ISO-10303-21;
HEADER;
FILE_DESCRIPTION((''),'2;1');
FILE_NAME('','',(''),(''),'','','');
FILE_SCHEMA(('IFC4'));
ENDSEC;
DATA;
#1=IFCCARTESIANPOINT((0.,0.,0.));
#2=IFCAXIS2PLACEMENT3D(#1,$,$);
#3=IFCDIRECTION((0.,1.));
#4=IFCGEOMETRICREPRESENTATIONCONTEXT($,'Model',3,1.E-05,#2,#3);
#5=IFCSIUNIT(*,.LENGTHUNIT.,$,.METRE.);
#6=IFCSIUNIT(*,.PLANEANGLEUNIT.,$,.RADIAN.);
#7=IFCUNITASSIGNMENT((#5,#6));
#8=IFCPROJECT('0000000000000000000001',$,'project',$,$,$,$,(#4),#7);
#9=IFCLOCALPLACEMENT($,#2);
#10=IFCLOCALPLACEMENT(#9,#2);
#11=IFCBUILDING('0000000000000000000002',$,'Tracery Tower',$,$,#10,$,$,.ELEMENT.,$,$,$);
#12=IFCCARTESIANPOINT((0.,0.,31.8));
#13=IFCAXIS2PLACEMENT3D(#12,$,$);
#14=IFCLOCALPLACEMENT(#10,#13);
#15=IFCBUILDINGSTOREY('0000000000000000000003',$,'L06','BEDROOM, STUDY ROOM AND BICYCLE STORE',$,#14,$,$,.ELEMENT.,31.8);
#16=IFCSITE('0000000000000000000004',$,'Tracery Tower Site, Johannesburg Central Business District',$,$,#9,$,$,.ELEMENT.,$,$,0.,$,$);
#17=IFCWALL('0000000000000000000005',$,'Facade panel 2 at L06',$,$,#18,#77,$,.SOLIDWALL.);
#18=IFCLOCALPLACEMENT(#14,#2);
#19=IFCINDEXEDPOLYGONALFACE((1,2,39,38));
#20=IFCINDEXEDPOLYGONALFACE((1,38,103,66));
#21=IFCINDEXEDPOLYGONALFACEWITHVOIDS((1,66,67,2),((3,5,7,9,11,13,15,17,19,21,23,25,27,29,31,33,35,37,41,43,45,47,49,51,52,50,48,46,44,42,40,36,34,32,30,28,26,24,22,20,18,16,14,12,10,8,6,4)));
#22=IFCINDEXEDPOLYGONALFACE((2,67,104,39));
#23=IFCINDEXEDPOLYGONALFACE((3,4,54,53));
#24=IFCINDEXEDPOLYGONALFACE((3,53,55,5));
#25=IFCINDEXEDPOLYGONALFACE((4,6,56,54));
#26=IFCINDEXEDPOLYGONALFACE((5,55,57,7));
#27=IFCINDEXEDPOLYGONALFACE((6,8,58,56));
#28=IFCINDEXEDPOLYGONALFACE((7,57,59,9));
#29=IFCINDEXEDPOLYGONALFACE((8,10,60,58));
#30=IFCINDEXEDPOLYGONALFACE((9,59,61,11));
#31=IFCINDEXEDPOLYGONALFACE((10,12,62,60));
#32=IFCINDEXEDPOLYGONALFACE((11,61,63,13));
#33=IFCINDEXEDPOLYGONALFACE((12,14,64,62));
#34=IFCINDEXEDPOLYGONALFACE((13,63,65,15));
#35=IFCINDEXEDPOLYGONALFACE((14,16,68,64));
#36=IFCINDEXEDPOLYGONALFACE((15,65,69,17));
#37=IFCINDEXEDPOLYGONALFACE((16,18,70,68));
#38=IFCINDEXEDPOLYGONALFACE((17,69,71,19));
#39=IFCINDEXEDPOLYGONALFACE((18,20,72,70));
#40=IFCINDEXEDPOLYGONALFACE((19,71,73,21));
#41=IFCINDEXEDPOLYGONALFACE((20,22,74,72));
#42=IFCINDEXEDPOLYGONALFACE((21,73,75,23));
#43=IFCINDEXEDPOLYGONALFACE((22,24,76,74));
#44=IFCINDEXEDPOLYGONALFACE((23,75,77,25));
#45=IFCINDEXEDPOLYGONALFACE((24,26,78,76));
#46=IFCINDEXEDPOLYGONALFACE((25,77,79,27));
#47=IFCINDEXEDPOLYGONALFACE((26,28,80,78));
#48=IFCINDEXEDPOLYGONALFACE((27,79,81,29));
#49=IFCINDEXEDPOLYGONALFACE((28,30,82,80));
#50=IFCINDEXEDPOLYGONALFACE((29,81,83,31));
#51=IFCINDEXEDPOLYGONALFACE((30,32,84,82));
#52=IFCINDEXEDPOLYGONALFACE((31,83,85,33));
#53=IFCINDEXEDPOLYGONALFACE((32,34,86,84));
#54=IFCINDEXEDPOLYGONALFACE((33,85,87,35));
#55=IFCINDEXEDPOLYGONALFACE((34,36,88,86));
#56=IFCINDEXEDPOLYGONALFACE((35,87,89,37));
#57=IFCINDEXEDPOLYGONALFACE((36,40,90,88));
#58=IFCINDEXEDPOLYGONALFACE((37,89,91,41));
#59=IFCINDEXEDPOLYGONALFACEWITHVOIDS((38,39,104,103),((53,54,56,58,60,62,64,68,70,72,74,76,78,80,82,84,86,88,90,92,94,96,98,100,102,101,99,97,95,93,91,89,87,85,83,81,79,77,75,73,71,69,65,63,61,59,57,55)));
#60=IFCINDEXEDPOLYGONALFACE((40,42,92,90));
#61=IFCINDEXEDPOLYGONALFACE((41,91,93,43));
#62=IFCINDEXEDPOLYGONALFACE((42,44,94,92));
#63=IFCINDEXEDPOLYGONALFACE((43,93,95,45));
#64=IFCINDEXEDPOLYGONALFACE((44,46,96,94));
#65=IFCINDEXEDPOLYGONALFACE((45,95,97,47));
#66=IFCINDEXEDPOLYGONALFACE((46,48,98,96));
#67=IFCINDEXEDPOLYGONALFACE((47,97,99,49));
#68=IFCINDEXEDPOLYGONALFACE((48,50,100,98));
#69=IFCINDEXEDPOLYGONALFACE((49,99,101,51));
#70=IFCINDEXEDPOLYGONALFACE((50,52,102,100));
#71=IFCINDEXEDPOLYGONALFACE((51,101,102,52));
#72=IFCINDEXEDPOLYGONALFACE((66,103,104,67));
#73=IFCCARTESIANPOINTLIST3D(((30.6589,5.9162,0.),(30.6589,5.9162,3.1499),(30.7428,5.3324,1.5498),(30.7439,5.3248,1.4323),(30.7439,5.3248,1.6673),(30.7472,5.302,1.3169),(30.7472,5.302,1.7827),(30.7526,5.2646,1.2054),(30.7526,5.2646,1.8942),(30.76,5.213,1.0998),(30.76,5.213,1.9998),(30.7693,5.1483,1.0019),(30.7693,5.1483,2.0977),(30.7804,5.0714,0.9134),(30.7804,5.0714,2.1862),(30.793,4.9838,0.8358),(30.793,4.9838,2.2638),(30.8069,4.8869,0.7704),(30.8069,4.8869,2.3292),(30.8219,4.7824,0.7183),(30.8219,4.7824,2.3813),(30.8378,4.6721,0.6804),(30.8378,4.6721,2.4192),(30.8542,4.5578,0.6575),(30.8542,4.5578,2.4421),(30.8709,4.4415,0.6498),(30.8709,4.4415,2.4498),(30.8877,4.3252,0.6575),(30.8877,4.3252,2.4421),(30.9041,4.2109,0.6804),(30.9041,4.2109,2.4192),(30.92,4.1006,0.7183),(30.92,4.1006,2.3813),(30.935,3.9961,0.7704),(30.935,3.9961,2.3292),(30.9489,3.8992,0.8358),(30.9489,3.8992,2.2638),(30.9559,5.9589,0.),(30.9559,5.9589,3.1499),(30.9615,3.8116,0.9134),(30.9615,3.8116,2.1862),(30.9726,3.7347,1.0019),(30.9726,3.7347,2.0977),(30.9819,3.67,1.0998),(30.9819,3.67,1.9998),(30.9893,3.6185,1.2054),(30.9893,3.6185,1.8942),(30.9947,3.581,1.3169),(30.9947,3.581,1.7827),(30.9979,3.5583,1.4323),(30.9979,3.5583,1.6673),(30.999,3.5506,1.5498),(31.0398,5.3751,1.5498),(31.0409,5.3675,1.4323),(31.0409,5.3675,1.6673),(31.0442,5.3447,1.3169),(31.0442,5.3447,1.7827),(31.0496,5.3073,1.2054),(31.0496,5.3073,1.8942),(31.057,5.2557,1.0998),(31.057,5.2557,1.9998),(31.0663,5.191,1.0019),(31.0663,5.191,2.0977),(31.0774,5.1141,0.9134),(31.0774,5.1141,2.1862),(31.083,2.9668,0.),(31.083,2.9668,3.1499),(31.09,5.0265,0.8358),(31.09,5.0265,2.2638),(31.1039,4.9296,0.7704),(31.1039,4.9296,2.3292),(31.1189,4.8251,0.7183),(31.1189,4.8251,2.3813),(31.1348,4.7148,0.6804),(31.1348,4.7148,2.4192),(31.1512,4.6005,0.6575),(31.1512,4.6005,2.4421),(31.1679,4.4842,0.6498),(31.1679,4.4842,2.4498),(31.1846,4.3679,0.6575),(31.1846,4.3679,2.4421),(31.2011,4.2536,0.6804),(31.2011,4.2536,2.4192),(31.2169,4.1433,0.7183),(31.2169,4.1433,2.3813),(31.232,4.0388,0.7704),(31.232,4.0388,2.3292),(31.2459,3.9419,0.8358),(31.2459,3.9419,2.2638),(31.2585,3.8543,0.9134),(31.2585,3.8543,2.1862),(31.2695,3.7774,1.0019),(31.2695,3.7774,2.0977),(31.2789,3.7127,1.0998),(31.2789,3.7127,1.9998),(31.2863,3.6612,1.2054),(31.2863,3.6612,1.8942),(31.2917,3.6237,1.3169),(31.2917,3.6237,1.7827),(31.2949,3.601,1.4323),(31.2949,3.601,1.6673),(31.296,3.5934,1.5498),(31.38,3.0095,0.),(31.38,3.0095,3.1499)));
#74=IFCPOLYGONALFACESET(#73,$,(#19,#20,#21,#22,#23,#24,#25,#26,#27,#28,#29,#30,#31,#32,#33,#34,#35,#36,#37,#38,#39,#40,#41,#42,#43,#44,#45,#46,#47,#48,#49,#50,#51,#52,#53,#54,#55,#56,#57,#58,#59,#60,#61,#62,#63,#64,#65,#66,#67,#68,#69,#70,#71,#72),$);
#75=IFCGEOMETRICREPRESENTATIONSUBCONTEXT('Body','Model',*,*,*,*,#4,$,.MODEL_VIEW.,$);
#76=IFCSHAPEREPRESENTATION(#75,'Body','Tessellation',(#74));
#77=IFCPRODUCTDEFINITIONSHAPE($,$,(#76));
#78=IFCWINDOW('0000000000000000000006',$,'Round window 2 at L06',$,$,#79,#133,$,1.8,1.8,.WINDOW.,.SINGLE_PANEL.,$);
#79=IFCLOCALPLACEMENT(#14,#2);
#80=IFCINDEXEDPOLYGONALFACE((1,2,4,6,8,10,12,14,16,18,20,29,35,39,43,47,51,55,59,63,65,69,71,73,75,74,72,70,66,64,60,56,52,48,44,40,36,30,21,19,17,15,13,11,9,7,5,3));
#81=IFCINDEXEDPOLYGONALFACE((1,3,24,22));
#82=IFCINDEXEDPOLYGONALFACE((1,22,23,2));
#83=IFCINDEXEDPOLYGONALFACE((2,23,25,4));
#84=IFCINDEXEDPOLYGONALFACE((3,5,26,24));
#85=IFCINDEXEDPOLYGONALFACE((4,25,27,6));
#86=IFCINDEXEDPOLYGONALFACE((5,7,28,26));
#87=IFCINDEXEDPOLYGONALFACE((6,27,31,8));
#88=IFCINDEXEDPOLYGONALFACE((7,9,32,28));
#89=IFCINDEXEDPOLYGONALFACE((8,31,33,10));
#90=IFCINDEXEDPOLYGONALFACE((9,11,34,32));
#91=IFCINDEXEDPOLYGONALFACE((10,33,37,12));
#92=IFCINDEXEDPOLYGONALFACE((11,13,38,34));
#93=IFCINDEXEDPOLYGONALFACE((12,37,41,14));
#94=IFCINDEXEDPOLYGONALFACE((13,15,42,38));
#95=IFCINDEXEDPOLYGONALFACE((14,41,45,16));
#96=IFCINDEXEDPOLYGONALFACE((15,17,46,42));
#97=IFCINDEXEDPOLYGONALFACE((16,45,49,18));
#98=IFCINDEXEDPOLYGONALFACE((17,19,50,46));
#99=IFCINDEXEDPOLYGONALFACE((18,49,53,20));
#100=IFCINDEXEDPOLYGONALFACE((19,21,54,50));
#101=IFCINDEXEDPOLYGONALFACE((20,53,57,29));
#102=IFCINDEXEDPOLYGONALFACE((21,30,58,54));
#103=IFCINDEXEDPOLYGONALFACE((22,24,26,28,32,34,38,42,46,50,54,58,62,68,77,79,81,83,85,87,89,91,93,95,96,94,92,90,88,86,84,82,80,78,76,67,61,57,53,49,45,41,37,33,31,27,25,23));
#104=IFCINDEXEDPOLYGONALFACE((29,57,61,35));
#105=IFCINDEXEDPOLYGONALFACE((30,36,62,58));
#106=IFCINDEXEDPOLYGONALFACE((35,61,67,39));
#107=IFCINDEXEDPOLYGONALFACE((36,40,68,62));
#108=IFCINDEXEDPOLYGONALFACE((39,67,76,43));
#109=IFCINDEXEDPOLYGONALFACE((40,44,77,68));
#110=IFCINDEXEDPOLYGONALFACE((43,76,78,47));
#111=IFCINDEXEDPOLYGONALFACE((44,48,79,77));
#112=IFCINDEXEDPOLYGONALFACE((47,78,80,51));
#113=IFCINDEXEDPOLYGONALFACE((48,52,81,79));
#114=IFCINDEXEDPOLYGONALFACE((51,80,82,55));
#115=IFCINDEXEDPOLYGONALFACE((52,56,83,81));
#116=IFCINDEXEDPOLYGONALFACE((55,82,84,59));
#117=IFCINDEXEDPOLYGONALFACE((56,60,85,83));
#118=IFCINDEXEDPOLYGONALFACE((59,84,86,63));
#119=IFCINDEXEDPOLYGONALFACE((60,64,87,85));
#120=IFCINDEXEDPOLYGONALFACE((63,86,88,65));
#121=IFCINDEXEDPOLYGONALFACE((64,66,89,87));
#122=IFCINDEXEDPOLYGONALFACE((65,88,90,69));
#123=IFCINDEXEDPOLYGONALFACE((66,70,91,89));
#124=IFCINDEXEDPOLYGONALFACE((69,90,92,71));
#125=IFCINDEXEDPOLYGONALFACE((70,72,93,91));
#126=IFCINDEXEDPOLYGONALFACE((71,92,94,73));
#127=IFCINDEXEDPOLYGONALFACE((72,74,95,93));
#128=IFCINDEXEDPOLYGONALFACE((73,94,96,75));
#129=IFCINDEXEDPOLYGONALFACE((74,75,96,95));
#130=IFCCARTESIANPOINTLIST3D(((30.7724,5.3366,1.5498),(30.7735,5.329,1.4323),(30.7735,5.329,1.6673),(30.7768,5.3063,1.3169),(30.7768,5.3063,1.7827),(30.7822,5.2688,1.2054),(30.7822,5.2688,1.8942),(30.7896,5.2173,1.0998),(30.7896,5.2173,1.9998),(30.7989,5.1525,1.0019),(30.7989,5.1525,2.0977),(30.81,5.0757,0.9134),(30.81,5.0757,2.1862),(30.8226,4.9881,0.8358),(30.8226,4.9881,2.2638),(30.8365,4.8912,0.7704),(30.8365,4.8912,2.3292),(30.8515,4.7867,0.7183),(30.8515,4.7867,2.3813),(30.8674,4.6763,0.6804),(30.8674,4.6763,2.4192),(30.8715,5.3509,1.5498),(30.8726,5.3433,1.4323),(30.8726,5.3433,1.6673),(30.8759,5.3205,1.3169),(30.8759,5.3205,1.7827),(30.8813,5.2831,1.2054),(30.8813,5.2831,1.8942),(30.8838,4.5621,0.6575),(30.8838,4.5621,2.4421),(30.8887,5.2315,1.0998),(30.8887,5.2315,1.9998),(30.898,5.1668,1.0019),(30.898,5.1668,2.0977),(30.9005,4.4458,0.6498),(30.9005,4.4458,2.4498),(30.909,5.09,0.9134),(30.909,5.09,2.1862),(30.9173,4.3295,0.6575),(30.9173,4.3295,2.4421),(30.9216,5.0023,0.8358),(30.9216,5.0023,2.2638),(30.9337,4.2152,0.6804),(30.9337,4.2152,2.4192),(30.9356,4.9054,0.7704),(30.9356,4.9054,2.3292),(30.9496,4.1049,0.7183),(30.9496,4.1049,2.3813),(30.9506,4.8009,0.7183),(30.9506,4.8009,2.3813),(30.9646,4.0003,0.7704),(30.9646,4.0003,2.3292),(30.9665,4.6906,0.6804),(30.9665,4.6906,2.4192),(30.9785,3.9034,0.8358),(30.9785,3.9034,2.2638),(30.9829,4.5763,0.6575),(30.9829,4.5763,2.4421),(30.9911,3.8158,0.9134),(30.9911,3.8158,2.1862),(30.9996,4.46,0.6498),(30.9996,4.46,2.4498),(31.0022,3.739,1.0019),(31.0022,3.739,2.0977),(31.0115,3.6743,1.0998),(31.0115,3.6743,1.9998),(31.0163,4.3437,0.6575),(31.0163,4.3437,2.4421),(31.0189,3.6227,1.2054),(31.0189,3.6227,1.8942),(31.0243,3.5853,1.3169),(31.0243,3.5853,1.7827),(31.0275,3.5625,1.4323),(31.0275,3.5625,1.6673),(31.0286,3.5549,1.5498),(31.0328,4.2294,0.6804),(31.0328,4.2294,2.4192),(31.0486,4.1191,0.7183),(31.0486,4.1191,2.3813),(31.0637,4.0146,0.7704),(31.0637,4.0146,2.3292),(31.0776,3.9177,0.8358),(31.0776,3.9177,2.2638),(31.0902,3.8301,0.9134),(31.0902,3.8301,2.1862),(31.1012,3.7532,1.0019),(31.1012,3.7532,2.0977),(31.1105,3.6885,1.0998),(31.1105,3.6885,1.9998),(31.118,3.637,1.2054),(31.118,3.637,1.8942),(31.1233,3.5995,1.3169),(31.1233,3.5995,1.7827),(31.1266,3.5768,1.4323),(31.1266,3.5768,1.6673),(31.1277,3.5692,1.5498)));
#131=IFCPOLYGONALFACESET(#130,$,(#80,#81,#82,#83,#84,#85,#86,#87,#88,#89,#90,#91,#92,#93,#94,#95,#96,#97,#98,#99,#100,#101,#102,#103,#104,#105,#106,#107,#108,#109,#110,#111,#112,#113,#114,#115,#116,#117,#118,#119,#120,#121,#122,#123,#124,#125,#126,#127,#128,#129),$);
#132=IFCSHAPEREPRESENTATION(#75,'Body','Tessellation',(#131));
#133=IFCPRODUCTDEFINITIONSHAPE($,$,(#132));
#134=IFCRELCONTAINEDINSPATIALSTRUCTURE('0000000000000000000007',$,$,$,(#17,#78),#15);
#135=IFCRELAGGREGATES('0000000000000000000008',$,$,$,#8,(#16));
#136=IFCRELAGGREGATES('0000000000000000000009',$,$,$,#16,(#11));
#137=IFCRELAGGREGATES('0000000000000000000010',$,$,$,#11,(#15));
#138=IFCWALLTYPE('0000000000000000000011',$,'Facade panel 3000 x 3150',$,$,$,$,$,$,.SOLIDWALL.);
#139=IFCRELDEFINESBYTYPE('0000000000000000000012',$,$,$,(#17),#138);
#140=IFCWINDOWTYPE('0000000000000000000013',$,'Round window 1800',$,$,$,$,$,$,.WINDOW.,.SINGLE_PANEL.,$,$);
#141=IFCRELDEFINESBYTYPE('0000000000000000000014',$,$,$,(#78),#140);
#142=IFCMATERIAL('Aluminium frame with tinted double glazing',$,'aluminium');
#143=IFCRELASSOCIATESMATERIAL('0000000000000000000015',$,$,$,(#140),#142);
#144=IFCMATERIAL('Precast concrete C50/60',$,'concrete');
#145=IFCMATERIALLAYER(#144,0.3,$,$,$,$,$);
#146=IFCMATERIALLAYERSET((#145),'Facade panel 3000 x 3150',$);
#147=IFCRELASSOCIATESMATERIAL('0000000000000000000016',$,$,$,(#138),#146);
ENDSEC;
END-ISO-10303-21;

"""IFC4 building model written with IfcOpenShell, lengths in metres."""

from ifc_helpers import new_model, si_unit, direction, frame, frame_2d, origin, origin_2d, place, context, subcontext, project, spatial, rectangle, circle, extrude, material, layer, layer_set, type_object, element, fill, save


model = new_model("IFC4")

# Units and contexts
model_context = context("Model", 3, precision=1e-05, world=origin(), true_north=direction((0.0, 1.0)))
body_context = subcontext(model_context, "Body", "Model", "MODEL_VIEW")
ifc_project = project(units=[si_unit("LENGTHUNIT", "METRE"), si_unit("PLANEANGLEUNIT", "RADIAN")], contexts=[model_context])

# Site, building, storey
site_placement = place(None, origin())
site = spatial("IfcSite", under=ifc_project, at=site_placement, Name="Tracery Tower Site, Johannesburg Central Business District", CompositionType="ELEMENT", RefElevation=0.0)
building_placement = place(site_placement, origin())
building = spatial("IfcBuilding", under=site, at=building_placement, Name="Tracery Tower", CompositionType="ELEMENT")
storey_placement = place(building_placement, frame((0.0, 0.0, 31.8)))
storey = spatial("IfcBuildingStorey", under=building, at=storey_placement, Name="L06", Description="BEDROOM, STUDY ROOM AND BICYCLE STORE", CompositionType="ELEMENT", Elevation=31.8)

# Wall, opening, window
ifc_material_1 = material(Name="Aluminium frame with tinted double glazing", Category="aluminium")
window_type = type_object("IfcWindowType", Name="Round window 1800", PartitioningType="SINGLE_PANEL", PredefinedType="WINDOW", material=ifc_material_1)
ifc_material_2 = material(Name="Precast concrete C50/60", Category="concrete")
ifc_layer_1 = layer(ifc_material_2, 0.3)
ifc_layer_set_1 = layer_set([ifc_layer_1], Name="Facade panel 3000 x 3150")
wall_type_1 = type_object("IfcWallType", Name="Facade panel 3000 x 3150", PredefinedType="SOLIDWALL", material=ifc_layer_set_1)
wall_1_placement = place(storey_placement, frame((31.2314, 2.9883, 0.0), z_axis=(0.0, 0.0, 1.0), x_axis=(-0.142316, 0.989821, 0.0)))
wall_1 = element("IfcWall", 1, at=wall_1_placement, inside=storey, type_object=wall_type_1, Name="Facade panel 2 at L06", PredefinedType="SOLIDWALL", context=body_context, shape_type="SweptSolid", body=[
    extrude(rectangle(XDim=2.9797, YDim=0.3, at=frame_2d((1.4897, 0.0))), origin(), (0.0, 0.0, 1.0), 3.1499),
])
opening_1_placement = place(wall_1_placement, frame((1.4897, 0.0, 1.5498)))
opening_1 = element("IfcOpeningElement", 2, at=opening_1_placement, cuts=wall_1, PredefinedType="OPENING", context=body_context, shape_type="SweptSolid", body=[
    extrude(circle(Radius=0.9, at=origin_2d()), frame((0.0, 0.1599, 0.0), z_axis=(0.0, -1.0, 0.0), x_axis=(1.0, 0.0, 0.0)), (0.0, 0.0, 1.0), 0.3201),
])
window_1_placement = place(opening_1_placement, origin())
window_1 = element("IfcWindow", 3, at=window_1_placement, inside=storey, type_object=window_type, Name="Round window 2 at L06", OverallHeight=1.8, OverallWidth=1.8, PartitioningType="SINGLE_PANEL", PredefinedType="WINDOW", context=body_context, shape_type="SweptSolid", body=[
    extrude(circle(Radius=0.9, at=origin_2d()), frame((0.0, 0.1201, 0.0), z_axis=(0.0, -1.0, 0.0), x_axis=(1.0, 0.0, 0.0)), (0.0, 0.0, 1.0), 0.1001),
])
fill(opening_1, window_1)

save(model, "model.ifc")
